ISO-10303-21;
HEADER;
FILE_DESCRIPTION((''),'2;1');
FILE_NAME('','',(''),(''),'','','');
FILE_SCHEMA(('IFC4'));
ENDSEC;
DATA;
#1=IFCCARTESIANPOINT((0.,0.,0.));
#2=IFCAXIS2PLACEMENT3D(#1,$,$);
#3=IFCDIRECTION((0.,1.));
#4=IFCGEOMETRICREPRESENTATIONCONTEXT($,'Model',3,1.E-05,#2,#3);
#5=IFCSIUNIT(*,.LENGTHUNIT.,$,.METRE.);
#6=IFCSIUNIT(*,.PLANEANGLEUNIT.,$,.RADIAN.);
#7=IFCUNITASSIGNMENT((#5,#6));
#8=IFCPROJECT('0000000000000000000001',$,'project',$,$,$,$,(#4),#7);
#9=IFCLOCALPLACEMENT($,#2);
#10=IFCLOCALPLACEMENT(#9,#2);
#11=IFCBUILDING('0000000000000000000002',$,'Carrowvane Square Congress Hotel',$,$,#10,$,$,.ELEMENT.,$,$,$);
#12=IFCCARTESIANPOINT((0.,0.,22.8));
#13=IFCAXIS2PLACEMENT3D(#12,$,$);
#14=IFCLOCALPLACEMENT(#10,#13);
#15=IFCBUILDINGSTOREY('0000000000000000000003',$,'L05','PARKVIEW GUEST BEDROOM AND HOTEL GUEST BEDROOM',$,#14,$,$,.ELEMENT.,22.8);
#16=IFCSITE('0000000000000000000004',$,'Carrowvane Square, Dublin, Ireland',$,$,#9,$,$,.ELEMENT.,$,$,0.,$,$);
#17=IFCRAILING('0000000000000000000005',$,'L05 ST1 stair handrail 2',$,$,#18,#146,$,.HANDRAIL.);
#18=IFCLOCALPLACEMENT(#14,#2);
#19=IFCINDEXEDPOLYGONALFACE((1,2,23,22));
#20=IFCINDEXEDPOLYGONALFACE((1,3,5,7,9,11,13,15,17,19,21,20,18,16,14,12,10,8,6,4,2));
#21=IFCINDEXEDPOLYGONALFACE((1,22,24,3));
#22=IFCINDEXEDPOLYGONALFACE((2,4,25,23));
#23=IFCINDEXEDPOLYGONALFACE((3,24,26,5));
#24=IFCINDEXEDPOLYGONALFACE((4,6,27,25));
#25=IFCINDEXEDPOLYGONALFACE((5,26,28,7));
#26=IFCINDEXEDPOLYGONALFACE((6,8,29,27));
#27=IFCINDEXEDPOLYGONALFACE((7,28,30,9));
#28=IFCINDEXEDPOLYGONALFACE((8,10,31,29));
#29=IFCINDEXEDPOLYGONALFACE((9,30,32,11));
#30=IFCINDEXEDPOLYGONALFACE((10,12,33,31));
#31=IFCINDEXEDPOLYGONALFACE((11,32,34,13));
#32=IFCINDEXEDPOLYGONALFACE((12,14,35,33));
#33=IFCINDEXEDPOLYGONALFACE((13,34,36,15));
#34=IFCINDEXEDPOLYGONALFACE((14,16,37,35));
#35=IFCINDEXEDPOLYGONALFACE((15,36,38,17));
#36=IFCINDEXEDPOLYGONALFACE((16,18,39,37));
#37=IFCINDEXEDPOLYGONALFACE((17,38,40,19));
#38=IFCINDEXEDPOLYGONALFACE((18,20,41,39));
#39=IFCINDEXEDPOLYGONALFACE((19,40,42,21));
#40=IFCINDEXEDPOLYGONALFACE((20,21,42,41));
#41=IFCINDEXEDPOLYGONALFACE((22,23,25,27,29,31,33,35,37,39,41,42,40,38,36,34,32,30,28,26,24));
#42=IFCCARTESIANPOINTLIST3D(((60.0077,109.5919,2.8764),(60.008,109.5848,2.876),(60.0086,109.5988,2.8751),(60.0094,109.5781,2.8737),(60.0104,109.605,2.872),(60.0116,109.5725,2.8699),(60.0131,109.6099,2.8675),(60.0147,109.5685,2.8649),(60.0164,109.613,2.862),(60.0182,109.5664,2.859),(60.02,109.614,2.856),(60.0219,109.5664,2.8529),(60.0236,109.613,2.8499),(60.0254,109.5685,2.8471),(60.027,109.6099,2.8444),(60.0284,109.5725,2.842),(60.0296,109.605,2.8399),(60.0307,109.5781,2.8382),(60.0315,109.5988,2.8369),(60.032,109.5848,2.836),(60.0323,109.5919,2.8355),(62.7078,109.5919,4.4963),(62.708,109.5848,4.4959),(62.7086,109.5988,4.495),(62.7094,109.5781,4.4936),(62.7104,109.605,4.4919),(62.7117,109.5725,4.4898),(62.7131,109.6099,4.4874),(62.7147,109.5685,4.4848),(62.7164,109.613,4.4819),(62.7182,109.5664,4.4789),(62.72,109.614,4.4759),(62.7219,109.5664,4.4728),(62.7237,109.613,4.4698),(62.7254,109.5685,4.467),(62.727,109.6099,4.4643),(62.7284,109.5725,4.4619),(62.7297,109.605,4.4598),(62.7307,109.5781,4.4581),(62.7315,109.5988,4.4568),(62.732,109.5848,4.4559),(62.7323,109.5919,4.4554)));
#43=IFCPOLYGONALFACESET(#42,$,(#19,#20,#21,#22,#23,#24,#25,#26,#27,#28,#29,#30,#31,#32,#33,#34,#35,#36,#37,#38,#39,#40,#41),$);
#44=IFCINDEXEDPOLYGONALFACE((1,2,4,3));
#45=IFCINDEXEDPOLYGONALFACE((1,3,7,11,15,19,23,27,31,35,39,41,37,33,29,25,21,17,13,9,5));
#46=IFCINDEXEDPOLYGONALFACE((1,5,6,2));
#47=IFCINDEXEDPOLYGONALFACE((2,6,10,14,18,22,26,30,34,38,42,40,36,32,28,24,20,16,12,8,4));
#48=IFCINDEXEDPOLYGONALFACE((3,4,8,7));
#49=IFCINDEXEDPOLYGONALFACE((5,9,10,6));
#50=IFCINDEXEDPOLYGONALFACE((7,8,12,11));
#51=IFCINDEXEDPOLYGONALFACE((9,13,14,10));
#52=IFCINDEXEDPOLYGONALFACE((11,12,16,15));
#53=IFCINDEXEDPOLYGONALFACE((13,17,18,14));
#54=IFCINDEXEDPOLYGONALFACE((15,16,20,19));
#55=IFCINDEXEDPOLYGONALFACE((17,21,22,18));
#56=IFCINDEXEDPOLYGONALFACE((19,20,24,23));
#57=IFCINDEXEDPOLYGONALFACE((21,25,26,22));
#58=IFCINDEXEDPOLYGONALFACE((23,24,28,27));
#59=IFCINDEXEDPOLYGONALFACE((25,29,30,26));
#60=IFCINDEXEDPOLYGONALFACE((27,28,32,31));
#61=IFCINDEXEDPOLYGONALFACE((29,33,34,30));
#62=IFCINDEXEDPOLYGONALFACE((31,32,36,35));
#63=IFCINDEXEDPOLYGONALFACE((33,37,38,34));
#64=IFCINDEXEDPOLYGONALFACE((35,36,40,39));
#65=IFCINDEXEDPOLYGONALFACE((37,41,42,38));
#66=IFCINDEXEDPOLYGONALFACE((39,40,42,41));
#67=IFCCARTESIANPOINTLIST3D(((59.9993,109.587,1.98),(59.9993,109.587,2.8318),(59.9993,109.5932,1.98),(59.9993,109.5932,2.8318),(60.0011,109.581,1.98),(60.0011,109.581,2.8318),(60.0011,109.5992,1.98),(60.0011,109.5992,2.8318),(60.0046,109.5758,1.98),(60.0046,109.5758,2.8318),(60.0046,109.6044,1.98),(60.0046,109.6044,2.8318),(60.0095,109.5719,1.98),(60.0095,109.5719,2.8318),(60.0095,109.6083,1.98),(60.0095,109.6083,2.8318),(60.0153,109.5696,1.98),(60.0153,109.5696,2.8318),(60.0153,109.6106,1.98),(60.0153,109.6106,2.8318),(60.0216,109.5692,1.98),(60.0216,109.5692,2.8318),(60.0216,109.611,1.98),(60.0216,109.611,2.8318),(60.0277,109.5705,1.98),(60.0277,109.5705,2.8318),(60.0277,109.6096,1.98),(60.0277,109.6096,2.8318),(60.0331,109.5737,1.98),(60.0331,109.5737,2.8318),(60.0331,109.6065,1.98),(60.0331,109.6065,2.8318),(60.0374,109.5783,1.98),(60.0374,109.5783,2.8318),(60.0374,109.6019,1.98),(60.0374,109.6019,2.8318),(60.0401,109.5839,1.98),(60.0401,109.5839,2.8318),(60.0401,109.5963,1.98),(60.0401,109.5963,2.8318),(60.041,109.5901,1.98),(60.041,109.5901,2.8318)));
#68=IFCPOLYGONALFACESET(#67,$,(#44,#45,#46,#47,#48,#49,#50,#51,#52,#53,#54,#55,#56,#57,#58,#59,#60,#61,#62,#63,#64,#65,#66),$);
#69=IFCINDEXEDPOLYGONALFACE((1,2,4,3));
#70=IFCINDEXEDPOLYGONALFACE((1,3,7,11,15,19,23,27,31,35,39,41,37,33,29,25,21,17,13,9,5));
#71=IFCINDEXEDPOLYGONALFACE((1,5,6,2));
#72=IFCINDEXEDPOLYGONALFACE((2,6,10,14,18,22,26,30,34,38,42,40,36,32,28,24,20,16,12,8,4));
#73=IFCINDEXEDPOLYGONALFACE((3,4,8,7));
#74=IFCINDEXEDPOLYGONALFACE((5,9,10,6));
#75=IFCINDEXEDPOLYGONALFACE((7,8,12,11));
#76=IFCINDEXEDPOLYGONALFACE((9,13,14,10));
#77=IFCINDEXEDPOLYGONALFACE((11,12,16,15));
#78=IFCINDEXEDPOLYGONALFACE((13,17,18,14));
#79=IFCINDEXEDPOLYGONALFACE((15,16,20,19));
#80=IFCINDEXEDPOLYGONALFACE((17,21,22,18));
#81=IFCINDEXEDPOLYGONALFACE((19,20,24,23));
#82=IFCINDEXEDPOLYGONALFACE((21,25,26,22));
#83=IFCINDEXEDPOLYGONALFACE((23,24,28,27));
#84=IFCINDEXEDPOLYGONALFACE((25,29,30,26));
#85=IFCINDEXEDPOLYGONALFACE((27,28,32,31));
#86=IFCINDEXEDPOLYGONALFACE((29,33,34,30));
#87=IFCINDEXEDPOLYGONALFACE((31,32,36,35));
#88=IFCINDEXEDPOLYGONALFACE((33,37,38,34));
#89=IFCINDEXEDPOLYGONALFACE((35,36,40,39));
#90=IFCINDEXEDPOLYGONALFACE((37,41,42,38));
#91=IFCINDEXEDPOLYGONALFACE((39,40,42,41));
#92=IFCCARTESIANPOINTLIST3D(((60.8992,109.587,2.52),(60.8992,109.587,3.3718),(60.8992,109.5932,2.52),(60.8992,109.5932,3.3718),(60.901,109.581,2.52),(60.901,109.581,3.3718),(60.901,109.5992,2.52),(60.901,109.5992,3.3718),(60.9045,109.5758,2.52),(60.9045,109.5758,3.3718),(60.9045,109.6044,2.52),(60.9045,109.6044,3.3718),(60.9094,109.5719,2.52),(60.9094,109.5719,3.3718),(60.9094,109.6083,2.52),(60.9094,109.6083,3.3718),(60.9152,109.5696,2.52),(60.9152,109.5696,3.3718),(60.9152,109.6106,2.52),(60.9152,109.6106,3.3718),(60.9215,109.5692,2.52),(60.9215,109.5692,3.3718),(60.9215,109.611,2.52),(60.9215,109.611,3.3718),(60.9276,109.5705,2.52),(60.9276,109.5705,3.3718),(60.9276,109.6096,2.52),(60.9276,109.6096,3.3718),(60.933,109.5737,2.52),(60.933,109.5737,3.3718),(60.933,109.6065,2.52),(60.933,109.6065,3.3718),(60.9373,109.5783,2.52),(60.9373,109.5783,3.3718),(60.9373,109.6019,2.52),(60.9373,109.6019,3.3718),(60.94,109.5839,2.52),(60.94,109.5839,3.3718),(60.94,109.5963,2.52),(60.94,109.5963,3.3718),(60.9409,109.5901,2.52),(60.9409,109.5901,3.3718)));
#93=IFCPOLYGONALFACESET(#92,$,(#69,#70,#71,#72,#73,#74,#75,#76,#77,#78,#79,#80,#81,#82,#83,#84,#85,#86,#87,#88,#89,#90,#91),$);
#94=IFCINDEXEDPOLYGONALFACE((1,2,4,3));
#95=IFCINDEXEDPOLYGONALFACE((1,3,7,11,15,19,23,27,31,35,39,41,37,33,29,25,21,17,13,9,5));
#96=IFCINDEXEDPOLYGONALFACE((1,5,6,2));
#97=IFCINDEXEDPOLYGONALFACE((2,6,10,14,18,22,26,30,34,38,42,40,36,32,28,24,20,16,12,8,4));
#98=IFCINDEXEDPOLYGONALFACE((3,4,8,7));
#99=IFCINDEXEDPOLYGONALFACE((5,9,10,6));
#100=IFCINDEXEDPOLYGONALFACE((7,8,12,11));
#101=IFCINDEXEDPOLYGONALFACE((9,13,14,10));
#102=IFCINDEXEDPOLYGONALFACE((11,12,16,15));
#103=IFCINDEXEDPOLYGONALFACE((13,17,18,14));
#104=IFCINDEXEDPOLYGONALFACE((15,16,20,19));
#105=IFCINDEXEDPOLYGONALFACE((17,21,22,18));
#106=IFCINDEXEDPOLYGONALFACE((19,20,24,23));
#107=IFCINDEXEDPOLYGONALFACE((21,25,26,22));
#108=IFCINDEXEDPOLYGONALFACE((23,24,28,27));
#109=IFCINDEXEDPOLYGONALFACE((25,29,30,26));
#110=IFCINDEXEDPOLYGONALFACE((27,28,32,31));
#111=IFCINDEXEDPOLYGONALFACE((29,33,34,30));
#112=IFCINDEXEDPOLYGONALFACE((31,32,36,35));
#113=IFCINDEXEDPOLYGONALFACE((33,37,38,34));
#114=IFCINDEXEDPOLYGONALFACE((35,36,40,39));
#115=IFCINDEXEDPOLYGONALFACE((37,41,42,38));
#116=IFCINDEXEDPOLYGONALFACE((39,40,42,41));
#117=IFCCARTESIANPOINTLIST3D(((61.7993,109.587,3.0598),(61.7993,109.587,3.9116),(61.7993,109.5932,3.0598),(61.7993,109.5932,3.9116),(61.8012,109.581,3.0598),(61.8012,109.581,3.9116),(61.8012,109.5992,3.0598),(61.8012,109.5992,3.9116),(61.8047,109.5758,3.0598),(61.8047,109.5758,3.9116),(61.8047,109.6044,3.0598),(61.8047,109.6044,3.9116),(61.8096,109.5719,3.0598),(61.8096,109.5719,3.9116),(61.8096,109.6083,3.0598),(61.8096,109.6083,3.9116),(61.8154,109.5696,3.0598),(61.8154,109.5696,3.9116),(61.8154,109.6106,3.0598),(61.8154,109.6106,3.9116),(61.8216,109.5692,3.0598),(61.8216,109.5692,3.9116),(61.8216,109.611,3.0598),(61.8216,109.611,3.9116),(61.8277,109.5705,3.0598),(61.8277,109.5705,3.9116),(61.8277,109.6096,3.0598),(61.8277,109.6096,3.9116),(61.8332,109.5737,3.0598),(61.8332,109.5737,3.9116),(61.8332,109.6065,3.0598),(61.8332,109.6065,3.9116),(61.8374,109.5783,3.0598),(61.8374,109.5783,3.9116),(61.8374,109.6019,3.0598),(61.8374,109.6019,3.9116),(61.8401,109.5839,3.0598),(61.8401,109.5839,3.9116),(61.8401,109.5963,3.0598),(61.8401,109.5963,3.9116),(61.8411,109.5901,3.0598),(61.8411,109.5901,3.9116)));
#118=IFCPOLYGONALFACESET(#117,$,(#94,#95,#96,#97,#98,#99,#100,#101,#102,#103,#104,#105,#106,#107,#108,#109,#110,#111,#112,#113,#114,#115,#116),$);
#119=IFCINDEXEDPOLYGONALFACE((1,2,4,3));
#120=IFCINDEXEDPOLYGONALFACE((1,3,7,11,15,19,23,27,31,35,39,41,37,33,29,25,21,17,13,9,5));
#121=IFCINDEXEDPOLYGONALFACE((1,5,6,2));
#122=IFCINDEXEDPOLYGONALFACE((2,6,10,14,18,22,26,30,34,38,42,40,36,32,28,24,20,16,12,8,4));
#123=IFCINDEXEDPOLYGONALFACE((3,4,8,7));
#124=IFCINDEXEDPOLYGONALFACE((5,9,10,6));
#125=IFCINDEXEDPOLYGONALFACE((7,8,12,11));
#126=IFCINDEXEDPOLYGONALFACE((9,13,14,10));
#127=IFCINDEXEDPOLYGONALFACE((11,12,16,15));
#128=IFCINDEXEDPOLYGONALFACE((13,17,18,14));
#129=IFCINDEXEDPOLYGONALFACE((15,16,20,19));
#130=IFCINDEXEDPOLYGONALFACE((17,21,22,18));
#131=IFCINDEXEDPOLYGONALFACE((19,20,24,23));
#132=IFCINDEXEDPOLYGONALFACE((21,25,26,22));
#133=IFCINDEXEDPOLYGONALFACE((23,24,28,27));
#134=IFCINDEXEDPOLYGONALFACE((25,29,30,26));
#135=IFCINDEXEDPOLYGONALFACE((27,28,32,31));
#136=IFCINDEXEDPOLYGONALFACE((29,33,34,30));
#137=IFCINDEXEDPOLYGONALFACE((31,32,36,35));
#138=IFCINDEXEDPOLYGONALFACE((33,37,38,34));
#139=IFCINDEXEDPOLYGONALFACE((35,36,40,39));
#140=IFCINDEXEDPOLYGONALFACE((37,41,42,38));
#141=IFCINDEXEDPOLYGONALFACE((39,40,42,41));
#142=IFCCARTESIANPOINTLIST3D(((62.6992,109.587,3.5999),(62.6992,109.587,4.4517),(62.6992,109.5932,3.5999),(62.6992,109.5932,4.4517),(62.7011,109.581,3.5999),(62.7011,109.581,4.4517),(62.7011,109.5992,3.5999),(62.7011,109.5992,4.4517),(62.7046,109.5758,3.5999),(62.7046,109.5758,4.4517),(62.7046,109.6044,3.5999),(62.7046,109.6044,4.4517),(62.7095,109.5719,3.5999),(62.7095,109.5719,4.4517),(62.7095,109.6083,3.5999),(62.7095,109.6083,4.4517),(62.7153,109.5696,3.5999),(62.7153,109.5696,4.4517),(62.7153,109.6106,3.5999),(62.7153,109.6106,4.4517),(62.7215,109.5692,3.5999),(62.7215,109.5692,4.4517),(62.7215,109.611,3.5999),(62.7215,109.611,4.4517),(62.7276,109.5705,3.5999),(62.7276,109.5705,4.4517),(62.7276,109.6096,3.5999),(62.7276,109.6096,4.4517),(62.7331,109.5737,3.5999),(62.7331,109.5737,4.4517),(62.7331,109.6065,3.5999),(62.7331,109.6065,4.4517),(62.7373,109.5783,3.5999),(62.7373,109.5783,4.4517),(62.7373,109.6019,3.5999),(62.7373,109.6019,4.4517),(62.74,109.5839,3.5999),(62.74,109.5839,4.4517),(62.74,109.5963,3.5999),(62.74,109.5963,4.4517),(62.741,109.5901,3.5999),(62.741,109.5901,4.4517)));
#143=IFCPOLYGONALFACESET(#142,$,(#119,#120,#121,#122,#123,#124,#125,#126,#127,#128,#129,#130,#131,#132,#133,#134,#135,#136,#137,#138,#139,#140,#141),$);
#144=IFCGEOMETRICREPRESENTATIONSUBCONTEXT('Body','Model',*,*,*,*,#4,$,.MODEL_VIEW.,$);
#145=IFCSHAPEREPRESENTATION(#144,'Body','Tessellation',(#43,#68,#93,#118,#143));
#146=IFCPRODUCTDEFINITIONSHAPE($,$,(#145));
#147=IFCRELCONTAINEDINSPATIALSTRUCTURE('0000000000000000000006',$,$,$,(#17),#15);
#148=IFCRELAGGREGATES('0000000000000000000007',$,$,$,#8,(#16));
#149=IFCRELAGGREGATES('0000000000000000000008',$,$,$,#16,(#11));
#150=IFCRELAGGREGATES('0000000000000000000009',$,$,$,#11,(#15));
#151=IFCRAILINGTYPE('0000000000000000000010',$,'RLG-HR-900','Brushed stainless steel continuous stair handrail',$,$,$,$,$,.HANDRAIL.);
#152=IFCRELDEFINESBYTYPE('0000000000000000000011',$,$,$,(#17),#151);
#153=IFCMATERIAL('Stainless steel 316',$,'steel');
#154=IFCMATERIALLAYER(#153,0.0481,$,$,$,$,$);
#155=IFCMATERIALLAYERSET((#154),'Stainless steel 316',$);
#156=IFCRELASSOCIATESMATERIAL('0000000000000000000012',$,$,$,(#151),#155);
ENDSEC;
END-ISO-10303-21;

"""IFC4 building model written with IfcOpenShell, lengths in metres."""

from ifc_helpers import new_model, si_unit, direction, frame, origin, origin_2d, place, context, subcontext, project, spatial, circle, extrude, material, layer, layer_set, type_object, element, save


model = new_model("IFC4")

# Units and contexts
model_context = context("Model", 3, precision=1e-05, world=origin(), true_north=direction((0.0, 1.0)))
body_context = subcontext(model_context, "Body", "Model", "MODEL_VIEW")
ifc_project = project(units=[si_unit("LENGTHUNIT", "METRE"), si_unit("PLANEANGLEUNIT", "RADIAN")], contexts=[model_context])

# Site, building, storey
site_placement = place(None, origin())
site = spatial("IfcSite", under=ifc_project, at=site_placement, Name="Carrowvane Square, Dublin, Ireland", CompositionType="ELEMENT", RefElevation=0.0)
building_placement = place(site_placement, origin())
building = spatial("IfcBuilding", under=site, at=building_placement, Name="Carrowvane Square Congress Hotel", CompositionType="ELEMENT")
storey_placement = place(building_placement, frame((0.0, 0.0, 22.8)))
storey = spatial("IfcBuildingStorey", under=building, at=storey_placement, Name="L05", Description="PARKVIEW GUEST BEDROOM AND HOTEL GUEST BEDROOM", CompositionType="ELEMENT", Elevation=22.8)

# Railing
ifc_material_1 = material(Name="Stainless steel 316", Category="steel")
ifc_layer_1 = layer(ifc_material_1, 0.0481)
ifc_layer_set_1 = layer_set([ifc_layer_1], Name="Stainless steel 316")
railing_type_1 = type_object("IfcRailingType", Name="RLG-HR-900", Description="Brushed stainless steel continuous stair handrail", PredefinedType="HANDRAIL", material=ifc_layer_set_1)
railing_1_placement = place(storey_placement, frame((60.02, 109.5901, 1.98)))
element("IfcRailing", 1, at=railing_1_placement, inside=storey, type_object=railing_type_1, Name="L05 ST1 stair handrail 2", PredefinedType="HANDRAIL", context=body_context, shape_type="SweptSolid", body=[
    extrude(circle(Radius=0.0239, at=origin_2d()), frame((0.0, 0.0, 0.876), z_axis=(0.857507, 0.0, 0.514473), x_axis=(0.0, 1.0, 0.0)), (0.0, 0.0, 1.0), 3.1487),
    extrude(circle(Radius=0.021, at=origin_2d()), origin(), (0.0, 0.0, 1.0), 0.8518),
    extrude(circle(Radius=0.021, at=origin_2d()), frame((0.8999, 0.0, 0.54)), (0.0, 0.0, 1.0), 0.8518),
    extrude(circle(Radius=0.021, at=origin_2d()), frame((1.8, 0.0, 1.0798)), (0.0, 0.0, 1.0), 0.8518),
    extrude(circle(Radius=0.021, at=origin_2d()), frame((2.7, 0.0, 1.6199)), (0.0, 0.0, 1.0), 0.8518),
])

save(model, "model.ifc")
